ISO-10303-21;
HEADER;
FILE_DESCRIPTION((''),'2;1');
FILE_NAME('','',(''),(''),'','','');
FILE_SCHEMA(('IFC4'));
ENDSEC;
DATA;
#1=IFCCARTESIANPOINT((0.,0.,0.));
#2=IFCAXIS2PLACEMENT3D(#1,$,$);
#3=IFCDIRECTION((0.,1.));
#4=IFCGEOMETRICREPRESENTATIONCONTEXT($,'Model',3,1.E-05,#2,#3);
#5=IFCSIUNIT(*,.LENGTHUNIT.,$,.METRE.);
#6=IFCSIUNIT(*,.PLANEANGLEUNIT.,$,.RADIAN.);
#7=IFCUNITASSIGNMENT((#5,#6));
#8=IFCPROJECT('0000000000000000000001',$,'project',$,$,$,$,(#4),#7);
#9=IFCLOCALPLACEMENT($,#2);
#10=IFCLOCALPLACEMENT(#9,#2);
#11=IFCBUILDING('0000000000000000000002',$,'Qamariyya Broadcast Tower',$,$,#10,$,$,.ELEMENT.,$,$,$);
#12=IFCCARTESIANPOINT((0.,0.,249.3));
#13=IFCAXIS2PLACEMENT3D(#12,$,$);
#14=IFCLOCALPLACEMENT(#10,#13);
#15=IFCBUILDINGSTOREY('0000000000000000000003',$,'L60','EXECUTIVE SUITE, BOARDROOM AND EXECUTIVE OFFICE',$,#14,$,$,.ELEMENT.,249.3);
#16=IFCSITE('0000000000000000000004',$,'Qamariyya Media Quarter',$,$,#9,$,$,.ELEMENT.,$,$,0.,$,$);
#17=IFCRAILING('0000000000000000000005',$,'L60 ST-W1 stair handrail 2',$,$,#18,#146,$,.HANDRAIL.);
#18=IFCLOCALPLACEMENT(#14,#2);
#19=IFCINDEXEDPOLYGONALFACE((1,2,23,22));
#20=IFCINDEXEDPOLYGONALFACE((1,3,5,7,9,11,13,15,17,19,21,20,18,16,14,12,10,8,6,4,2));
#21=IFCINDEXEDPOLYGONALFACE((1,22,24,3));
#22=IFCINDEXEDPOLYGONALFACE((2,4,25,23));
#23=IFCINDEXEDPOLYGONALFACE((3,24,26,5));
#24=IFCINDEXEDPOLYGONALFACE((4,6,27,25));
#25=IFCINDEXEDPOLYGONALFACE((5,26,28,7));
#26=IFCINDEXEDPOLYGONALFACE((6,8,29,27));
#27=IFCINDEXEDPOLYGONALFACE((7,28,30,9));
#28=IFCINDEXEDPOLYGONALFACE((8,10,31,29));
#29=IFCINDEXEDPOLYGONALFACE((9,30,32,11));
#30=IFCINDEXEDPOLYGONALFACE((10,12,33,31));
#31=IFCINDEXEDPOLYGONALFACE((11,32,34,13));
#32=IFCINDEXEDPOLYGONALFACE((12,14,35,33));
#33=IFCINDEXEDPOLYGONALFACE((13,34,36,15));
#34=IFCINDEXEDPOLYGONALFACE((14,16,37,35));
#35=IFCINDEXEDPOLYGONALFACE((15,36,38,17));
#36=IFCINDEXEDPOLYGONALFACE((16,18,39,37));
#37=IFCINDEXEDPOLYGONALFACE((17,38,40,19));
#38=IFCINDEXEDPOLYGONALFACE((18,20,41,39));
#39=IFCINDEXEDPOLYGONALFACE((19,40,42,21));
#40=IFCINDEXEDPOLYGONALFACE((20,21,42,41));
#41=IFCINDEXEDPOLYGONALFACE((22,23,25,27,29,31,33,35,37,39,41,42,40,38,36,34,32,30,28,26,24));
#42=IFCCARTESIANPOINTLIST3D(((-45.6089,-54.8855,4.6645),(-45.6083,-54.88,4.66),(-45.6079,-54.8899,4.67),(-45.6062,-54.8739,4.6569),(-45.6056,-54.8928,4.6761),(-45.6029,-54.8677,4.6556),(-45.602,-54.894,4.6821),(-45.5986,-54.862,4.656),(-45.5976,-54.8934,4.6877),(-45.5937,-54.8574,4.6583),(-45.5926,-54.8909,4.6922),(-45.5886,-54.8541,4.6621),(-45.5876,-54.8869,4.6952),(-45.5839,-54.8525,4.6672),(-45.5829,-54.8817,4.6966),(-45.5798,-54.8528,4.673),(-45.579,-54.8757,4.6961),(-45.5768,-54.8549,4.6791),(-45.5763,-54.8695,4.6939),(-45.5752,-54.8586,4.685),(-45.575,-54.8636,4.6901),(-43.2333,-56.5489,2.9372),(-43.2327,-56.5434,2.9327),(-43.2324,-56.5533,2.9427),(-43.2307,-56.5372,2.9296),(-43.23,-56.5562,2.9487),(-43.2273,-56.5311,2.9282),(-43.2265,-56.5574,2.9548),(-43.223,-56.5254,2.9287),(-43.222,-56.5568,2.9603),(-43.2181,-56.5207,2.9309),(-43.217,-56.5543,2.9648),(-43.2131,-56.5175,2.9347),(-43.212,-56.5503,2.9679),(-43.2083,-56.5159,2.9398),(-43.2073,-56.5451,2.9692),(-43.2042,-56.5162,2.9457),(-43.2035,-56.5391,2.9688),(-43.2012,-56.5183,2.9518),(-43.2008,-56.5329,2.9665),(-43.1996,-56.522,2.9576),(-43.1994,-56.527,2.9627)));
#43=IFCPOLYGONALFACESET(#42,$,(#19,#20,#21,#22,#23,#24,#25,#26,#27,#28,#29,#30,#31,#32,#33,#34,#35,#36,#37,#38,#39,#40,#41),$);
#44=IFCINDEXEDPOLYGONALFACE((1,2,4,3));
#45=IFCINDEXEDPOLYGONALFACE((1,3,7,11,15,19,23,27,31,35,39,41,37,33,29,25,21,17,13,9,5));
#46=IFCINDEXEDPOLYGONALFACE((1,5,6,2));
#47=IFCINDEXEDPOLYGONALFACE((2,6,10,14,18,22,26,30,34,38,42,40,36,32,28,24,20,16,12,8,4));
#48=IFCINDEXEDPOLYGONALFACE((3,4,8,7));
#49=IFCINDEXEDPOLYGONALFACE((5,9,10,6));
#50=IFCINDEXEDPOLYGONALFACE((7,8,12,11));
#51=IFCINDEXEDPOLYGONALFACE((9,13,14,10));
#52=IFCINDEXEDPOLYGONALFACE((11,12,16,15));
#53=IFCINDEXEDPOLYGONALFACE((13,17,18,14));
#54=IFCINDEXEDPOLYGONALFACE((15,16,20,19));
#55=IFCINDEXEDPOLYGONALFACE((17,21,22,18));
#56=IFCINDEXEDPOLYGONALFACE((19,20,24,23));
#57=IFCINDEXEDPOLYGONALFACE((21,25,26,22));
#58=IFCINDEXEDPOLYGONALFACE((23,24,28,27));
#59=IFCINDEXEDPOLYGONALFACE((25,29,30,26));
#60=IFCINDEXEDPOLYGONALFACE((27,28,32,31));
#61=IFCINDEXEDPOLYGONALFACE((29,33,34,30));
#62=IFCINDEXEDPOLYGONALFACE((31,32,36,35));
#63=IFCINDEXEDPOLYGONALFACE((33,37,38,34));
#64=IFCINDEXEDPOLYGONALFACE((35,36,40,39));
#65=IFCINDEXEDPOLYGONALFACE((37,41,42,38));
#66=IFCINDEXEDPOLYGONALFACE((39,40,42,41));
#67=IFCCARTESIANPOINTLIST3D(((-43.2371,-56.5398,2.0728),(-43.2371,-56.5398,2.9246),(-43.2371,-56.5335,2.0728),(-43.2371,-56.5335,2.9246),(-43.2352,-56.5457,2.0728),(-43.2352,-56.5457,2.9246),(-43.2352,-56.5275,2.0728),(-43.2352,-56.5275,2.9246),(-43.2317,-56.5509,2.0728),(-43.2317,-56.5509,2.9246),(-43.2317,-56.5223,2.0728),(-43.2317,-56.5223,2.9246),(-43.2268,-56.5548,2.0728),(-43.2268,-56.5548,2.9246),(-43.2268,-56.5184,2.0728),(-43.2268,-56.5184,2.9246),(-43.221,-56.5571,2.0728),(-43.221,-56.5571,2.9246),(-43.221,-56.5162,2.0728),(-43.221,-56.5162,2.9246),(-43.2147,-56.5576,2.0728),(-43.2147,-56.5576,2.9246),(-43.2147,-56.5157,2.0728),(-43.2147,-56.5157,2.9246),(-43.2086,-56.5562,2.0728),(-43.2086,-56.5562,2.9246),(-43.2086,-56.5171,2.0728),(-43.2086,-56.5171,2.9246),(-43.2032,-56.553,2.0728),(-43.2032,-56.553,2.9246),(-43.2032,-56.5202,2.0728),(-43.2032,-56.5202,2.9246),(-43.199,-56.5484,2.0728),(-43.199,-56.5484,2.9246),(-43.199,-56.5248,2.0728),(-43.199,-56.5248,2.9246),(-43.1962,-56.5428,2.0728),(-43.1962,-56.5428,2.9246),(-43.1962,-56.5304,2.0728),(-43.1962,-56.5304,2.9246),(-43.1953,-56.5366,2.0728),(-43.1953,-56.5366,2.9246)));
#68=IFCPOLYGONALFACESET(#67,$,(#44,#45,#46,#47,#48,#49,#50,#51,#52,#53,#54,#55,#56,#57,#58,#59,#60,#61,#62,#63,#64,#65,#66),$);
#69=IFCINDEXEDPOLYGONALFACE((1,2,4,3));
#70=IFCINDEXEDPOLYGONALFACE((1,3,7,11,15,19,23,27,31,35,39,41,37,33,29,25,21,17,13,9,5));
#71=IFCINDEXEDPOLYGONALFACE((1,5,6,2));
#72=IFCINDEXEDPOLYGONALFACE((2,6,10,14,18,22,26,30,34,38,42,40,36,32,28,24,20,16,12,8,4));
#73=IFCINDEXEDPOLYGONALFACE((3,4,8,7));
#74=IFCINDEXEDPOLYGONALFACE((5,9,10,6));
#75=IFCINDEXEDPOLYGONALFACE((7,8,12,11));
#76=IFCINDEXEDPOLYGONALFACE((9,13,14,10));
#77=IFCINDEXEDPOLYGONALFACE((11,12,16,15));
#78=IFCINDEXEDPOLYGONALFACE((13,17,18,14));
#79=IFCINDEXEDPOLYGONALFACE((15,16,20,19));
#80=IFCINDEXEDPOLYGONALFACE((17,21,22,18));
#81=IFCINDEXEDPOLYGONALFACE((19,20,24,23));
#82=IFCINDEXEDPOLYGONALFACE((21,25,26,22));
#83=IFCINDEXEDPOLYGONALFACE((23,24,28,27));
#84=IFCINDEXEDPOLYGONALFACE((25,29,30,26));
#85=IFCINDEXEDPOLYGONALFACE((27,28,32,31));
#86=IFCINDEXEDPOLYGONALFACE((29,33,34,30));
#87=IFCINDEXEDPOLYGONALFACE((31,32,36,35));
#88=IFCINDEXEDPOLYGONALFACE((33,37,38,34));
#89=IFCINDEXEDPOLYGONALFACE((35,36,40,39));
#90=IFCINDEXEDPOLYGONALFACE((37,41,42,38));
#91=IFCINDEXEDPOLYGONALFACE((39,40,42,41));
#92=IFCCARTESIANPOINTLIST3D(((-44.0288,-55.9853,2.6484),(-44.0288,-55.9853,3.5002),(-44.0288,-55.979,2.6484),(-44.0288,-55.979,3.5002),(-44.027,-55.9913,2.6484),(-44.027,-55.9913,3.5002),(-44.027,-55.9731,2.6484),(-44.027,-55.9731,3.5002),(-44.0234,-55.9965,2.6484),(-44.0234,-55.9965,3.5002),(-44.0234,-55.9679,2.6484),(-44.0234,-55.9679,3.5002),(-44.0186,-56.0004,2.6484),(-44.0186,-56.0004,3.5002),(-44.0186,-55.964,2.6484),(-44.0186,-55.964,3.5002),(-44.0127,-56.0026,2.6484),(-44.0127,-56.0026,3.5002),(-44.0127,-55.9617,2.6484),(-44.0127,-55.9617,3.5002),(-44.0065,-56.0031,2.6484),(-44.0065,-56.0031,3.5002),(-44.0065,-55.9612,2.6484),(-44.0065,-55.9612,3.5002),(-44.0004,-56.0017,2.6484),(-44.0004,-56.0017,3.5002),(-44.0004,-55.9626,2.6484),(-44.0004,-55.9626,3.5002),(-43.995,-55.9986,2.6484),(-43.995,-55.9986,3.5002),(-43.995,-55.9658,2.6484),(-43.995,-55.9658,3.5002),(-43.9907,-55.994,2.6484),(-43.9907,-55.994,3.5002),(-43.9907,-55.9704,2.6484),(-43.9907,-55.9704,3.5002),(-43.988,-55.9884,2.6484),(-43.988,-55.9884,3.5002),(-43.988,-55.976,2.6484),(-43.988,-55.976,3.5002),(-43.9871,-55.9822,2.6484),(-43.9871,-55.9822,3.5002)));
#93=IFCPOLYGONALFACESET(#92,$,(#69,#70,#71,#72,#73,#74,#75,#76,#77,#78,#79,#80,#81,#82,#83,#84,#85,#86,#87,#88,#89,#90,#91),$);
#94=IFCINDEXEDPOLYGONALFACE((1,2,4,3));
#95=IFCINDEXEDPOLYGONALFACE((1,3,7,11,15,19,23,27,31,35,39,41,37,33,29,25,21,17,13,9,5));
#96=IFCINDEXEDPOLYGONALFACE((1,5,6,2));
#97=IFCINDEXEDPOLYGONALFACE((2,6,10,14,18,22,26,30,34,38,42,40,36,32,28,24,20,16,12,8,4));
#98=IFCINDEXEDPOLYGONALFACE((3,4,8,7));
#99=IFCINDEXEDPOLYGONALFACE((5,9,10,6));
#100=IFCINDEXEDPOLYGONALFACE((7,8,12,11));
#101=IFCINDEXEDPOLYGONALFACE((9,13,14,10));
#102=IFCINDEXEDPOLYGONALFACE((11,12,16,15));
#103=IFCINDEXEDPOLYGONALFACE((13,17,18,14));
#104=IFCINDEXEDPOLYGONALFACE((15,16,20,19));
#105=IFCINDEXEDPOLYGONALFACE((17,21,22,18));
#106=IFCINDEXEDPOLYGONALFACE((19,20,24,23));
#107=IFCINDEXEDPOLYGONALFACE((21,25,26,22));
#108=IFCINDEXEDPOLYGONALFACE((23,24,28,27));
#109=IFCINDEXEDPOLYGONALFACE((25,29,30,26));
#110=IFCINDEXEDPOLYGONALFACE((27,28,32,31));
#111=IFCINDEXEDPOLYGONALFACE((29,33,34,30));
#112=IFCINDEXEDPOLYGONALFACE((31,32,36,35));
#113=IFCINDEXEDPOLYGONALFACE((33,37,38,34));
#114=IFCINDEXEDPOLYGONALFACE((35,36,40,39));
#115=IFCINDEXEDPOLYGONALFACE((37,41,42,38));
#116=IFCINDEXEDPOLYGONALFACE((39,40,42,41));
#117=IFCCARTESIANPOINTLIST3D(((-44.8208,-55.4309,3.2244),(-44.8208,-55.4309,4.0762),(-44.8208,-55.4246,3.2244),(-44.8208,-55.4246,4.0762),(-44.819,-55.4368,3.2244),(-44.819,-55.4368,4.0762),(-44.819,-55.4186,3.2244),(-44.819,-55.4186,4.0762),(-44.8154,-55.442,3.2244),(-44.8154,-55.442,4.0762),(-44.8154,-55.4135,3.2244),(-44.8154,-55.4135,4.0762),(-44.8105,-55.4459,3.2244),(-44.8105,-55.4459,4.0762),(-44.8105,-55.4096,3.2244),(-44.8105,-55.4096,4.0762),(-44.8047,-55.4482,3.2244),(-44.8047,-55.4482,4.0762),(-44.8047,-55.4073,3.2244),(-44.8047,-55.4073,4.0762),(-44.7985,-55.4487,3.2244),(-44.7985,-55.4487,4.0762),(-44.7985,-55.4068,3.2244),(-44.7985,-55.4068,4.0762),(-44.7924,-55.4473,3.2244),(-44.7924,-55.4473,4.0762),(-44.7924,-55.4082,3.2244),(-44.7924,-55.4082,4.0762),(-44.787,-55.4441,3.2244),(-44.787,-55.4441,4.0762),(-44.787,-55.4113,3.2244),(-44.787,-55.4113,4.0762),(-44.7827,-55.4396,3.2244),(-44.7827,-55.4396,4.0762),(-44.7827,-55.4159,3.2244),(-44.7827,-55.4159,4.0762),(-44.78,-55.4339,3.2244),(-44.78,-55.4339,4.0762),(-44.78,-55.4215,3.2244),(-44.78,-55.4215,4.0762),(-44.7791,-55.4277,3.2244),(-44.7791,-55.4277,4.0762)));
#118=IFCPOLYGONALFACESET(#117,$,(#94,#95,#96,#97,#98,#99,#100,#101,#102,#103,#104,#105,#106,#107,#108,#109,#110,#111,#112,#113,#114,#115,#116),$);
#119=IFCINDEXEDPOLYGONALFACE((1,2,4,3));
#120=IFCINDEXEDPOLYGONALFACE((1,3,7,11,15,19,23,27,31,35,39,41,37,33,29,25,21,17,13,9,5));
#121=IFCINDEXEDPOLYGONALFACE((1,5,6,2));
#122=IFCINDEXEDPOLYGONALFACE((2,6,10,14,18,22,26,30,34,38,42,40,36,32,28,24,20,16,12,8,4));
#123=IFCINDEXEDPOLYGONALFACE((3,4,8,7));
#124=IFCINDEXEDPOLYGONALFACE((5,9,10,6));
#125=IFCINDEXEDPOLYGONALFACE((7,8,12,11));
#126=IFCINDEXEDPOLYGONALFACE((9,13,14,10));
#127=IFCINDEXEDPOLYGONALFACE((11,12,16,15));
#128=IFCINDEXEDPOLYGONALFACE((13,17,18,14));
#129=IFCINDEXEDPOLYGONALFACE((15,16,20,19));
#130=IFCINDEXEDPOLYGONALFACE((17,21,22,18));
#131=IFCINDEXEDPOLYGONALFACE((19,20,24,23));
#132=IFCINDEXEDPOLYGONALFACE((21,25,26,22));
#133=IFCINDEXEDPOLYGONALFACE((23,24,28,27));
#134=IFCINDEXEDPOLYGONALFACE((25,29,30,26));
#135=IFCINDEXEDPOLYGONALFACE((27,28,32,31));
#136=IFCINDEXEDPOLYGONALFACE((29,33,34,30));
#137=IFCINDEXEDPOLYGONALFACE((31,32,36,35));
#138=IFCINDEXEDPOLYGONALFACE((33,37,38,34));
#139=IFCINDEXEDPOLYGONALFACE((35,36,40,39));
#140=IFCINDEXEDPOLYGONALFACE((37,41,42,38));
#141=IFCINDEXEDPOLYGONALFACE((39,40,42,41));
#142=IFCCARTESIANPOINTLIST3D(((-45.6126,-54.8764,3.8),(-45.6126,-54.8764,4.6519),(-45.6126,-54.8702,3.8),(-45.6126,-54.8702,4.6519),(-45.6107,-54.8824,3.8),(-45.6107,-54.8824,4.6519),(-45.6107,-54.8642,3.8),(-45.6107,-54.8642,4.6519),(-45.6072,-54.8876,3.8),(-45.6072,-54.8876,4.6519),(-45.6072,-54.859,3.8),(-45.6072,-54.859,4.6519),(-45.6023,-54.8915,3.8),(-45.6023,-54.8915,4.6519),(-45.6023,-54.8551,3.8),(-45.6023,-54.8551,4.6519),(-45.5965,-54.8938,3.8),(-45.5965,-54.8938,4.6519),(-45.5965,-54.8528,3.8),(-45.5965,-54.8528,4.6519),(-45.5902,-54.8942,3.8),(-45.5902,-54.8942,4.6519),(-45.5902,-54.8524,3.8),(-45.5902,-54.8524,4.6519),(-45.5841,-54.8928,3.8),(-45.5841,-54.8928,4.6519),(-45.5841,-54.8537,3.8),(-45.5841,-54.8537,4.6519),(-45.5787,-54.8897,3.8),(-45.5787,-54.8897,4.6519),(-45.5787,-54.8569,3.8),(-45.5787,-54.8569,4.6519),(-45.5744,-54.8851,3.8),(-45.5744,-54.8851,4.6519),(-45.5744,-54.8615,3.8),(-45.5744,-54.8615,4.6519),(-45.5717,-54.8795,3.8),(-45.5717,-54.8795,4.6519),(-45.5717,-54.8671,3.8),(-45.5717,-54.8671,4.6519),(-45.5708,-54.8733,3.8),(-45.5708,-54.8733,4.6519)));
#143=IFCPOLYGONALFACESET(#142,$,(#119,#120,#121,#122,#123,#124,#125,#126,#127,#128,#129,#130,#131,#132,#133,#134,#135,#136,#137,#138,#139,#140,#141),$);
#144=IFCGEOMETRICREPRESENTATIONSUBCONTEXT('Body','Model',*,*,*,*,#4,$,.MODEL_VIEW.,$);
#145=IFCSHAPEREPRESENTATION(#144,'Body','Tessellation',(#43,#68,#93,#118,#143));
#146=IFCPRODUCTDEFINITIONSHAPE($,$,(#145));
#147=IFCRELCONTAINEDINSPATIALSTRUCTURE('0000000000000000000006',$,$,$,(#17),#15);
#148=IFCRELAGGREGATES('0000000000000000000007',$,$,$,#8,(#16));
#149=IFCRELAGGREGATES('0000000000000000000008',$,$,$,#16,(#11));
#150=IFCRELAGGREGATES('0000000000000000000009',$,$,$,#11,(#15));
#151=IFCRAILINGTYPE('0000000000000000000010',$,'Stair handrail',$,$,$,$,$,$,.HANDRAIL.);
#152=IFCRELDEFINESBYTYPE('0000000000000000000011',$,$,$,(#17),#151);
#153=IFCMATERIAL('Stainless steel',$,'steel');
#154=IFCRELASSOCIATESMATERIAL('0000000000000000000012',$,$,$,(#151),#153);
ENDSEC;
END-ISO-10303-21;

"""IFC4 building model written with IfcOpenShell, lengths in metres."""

from ifc_helpers import new_model, si_unit, direction, frame, origin, origin_2d, place, context, subcontext, project, spatial, circle, extrude, material, type_object, element, save


model = new_model("IFC4")

# Units and contexts
model_context = context("Model", 3, precision=1e-05, world=origin(), true_north=direction((0.0, 1.0)))
body_context = subcontext(model_context, "Body", "Model", "MODEL_VIEW")
ifc_project = project(units=[si_unit("LENGTHUNIT", "METRE"), si_unit("PLANEANGLEUNIT", "RADIAN")], contexts=[model_context])

# Site, building, storey
site_placement = place(None, origin())
site = spatial("IfcSite", under=ifc_project, at=site_placement, Name="Qamariyya Media Quarter", CompositionType="ELEMENT", RefElevation=0.0)
building_placement = place(site_placement, origin())
building = spatial("IfcBuilding", under=site, at=building_placement, Name="Qamariyya Broadcast Tower", CompositionType="ELEMENT")
storey_placement = place(building_placement, frame((0.0, 0.0, 249.3)))
storey = spatial("IfcBuildingStorey", under=building, at=storey_placement, Name="L60", Description="EXECUTIVE SUITE, BOARDROOM AND EXECUTIVE OFFICE", CompositionType="ELEMENT", Elevation=249.3)

# Railing
ifc_material_1 = material(Name="Stainless steel", Category="steel")
railing_type = type_object("IfcRailingType", Name="Stair handrail", PredefinedType="HANDRAIL", material=ifc_material_1)
railing_placement = place(storey_placement, frame((-43.2163, -56.5366, 2.0728)))
element("IfcRailing", 1, at=railing_placement, inside=storey, type_object=railing_type, Name="L60 ST-W1 stair handrail 2", PredefinedType="HANDRAIL", context=body_context, shape_type="SweptSolid", body=[
    extrude(circle(Radius=0.0239, at=origin_2d()), frame((0.0, 0.0, 0.876), z_axis=(-0.70377, 0.492784, 0.511734), x_axis=(-0.573575, -0.819153, 0.0)), (0.0, 0.0, 1.0), 3.3755),
    extrude(circle(Radius=0.021, at=origin_2d()), origin(), (0.0, 0.0, 1.0), 0.8518),
    extrude(circle(Radius=0.021, at=origin_2d()), frame((-0.7917, 0.5544, 0.5757)), (0.0, 0.0, 1.0), 0.8518),
    extrude(circle(Radius=0.021, at=origin_2d()), frame((-1.5837, 1.1089, 1.1516)), (0.0, 0.0, 1.0), 0.8518),
    extrude(circle(Radius=0.021, at=origin_2d()), frame((-2.3755, 1.6633, 1.7273)), (0.0, 0.0, 1.0), 0.8518),
])

save(model, "model.ifc")
